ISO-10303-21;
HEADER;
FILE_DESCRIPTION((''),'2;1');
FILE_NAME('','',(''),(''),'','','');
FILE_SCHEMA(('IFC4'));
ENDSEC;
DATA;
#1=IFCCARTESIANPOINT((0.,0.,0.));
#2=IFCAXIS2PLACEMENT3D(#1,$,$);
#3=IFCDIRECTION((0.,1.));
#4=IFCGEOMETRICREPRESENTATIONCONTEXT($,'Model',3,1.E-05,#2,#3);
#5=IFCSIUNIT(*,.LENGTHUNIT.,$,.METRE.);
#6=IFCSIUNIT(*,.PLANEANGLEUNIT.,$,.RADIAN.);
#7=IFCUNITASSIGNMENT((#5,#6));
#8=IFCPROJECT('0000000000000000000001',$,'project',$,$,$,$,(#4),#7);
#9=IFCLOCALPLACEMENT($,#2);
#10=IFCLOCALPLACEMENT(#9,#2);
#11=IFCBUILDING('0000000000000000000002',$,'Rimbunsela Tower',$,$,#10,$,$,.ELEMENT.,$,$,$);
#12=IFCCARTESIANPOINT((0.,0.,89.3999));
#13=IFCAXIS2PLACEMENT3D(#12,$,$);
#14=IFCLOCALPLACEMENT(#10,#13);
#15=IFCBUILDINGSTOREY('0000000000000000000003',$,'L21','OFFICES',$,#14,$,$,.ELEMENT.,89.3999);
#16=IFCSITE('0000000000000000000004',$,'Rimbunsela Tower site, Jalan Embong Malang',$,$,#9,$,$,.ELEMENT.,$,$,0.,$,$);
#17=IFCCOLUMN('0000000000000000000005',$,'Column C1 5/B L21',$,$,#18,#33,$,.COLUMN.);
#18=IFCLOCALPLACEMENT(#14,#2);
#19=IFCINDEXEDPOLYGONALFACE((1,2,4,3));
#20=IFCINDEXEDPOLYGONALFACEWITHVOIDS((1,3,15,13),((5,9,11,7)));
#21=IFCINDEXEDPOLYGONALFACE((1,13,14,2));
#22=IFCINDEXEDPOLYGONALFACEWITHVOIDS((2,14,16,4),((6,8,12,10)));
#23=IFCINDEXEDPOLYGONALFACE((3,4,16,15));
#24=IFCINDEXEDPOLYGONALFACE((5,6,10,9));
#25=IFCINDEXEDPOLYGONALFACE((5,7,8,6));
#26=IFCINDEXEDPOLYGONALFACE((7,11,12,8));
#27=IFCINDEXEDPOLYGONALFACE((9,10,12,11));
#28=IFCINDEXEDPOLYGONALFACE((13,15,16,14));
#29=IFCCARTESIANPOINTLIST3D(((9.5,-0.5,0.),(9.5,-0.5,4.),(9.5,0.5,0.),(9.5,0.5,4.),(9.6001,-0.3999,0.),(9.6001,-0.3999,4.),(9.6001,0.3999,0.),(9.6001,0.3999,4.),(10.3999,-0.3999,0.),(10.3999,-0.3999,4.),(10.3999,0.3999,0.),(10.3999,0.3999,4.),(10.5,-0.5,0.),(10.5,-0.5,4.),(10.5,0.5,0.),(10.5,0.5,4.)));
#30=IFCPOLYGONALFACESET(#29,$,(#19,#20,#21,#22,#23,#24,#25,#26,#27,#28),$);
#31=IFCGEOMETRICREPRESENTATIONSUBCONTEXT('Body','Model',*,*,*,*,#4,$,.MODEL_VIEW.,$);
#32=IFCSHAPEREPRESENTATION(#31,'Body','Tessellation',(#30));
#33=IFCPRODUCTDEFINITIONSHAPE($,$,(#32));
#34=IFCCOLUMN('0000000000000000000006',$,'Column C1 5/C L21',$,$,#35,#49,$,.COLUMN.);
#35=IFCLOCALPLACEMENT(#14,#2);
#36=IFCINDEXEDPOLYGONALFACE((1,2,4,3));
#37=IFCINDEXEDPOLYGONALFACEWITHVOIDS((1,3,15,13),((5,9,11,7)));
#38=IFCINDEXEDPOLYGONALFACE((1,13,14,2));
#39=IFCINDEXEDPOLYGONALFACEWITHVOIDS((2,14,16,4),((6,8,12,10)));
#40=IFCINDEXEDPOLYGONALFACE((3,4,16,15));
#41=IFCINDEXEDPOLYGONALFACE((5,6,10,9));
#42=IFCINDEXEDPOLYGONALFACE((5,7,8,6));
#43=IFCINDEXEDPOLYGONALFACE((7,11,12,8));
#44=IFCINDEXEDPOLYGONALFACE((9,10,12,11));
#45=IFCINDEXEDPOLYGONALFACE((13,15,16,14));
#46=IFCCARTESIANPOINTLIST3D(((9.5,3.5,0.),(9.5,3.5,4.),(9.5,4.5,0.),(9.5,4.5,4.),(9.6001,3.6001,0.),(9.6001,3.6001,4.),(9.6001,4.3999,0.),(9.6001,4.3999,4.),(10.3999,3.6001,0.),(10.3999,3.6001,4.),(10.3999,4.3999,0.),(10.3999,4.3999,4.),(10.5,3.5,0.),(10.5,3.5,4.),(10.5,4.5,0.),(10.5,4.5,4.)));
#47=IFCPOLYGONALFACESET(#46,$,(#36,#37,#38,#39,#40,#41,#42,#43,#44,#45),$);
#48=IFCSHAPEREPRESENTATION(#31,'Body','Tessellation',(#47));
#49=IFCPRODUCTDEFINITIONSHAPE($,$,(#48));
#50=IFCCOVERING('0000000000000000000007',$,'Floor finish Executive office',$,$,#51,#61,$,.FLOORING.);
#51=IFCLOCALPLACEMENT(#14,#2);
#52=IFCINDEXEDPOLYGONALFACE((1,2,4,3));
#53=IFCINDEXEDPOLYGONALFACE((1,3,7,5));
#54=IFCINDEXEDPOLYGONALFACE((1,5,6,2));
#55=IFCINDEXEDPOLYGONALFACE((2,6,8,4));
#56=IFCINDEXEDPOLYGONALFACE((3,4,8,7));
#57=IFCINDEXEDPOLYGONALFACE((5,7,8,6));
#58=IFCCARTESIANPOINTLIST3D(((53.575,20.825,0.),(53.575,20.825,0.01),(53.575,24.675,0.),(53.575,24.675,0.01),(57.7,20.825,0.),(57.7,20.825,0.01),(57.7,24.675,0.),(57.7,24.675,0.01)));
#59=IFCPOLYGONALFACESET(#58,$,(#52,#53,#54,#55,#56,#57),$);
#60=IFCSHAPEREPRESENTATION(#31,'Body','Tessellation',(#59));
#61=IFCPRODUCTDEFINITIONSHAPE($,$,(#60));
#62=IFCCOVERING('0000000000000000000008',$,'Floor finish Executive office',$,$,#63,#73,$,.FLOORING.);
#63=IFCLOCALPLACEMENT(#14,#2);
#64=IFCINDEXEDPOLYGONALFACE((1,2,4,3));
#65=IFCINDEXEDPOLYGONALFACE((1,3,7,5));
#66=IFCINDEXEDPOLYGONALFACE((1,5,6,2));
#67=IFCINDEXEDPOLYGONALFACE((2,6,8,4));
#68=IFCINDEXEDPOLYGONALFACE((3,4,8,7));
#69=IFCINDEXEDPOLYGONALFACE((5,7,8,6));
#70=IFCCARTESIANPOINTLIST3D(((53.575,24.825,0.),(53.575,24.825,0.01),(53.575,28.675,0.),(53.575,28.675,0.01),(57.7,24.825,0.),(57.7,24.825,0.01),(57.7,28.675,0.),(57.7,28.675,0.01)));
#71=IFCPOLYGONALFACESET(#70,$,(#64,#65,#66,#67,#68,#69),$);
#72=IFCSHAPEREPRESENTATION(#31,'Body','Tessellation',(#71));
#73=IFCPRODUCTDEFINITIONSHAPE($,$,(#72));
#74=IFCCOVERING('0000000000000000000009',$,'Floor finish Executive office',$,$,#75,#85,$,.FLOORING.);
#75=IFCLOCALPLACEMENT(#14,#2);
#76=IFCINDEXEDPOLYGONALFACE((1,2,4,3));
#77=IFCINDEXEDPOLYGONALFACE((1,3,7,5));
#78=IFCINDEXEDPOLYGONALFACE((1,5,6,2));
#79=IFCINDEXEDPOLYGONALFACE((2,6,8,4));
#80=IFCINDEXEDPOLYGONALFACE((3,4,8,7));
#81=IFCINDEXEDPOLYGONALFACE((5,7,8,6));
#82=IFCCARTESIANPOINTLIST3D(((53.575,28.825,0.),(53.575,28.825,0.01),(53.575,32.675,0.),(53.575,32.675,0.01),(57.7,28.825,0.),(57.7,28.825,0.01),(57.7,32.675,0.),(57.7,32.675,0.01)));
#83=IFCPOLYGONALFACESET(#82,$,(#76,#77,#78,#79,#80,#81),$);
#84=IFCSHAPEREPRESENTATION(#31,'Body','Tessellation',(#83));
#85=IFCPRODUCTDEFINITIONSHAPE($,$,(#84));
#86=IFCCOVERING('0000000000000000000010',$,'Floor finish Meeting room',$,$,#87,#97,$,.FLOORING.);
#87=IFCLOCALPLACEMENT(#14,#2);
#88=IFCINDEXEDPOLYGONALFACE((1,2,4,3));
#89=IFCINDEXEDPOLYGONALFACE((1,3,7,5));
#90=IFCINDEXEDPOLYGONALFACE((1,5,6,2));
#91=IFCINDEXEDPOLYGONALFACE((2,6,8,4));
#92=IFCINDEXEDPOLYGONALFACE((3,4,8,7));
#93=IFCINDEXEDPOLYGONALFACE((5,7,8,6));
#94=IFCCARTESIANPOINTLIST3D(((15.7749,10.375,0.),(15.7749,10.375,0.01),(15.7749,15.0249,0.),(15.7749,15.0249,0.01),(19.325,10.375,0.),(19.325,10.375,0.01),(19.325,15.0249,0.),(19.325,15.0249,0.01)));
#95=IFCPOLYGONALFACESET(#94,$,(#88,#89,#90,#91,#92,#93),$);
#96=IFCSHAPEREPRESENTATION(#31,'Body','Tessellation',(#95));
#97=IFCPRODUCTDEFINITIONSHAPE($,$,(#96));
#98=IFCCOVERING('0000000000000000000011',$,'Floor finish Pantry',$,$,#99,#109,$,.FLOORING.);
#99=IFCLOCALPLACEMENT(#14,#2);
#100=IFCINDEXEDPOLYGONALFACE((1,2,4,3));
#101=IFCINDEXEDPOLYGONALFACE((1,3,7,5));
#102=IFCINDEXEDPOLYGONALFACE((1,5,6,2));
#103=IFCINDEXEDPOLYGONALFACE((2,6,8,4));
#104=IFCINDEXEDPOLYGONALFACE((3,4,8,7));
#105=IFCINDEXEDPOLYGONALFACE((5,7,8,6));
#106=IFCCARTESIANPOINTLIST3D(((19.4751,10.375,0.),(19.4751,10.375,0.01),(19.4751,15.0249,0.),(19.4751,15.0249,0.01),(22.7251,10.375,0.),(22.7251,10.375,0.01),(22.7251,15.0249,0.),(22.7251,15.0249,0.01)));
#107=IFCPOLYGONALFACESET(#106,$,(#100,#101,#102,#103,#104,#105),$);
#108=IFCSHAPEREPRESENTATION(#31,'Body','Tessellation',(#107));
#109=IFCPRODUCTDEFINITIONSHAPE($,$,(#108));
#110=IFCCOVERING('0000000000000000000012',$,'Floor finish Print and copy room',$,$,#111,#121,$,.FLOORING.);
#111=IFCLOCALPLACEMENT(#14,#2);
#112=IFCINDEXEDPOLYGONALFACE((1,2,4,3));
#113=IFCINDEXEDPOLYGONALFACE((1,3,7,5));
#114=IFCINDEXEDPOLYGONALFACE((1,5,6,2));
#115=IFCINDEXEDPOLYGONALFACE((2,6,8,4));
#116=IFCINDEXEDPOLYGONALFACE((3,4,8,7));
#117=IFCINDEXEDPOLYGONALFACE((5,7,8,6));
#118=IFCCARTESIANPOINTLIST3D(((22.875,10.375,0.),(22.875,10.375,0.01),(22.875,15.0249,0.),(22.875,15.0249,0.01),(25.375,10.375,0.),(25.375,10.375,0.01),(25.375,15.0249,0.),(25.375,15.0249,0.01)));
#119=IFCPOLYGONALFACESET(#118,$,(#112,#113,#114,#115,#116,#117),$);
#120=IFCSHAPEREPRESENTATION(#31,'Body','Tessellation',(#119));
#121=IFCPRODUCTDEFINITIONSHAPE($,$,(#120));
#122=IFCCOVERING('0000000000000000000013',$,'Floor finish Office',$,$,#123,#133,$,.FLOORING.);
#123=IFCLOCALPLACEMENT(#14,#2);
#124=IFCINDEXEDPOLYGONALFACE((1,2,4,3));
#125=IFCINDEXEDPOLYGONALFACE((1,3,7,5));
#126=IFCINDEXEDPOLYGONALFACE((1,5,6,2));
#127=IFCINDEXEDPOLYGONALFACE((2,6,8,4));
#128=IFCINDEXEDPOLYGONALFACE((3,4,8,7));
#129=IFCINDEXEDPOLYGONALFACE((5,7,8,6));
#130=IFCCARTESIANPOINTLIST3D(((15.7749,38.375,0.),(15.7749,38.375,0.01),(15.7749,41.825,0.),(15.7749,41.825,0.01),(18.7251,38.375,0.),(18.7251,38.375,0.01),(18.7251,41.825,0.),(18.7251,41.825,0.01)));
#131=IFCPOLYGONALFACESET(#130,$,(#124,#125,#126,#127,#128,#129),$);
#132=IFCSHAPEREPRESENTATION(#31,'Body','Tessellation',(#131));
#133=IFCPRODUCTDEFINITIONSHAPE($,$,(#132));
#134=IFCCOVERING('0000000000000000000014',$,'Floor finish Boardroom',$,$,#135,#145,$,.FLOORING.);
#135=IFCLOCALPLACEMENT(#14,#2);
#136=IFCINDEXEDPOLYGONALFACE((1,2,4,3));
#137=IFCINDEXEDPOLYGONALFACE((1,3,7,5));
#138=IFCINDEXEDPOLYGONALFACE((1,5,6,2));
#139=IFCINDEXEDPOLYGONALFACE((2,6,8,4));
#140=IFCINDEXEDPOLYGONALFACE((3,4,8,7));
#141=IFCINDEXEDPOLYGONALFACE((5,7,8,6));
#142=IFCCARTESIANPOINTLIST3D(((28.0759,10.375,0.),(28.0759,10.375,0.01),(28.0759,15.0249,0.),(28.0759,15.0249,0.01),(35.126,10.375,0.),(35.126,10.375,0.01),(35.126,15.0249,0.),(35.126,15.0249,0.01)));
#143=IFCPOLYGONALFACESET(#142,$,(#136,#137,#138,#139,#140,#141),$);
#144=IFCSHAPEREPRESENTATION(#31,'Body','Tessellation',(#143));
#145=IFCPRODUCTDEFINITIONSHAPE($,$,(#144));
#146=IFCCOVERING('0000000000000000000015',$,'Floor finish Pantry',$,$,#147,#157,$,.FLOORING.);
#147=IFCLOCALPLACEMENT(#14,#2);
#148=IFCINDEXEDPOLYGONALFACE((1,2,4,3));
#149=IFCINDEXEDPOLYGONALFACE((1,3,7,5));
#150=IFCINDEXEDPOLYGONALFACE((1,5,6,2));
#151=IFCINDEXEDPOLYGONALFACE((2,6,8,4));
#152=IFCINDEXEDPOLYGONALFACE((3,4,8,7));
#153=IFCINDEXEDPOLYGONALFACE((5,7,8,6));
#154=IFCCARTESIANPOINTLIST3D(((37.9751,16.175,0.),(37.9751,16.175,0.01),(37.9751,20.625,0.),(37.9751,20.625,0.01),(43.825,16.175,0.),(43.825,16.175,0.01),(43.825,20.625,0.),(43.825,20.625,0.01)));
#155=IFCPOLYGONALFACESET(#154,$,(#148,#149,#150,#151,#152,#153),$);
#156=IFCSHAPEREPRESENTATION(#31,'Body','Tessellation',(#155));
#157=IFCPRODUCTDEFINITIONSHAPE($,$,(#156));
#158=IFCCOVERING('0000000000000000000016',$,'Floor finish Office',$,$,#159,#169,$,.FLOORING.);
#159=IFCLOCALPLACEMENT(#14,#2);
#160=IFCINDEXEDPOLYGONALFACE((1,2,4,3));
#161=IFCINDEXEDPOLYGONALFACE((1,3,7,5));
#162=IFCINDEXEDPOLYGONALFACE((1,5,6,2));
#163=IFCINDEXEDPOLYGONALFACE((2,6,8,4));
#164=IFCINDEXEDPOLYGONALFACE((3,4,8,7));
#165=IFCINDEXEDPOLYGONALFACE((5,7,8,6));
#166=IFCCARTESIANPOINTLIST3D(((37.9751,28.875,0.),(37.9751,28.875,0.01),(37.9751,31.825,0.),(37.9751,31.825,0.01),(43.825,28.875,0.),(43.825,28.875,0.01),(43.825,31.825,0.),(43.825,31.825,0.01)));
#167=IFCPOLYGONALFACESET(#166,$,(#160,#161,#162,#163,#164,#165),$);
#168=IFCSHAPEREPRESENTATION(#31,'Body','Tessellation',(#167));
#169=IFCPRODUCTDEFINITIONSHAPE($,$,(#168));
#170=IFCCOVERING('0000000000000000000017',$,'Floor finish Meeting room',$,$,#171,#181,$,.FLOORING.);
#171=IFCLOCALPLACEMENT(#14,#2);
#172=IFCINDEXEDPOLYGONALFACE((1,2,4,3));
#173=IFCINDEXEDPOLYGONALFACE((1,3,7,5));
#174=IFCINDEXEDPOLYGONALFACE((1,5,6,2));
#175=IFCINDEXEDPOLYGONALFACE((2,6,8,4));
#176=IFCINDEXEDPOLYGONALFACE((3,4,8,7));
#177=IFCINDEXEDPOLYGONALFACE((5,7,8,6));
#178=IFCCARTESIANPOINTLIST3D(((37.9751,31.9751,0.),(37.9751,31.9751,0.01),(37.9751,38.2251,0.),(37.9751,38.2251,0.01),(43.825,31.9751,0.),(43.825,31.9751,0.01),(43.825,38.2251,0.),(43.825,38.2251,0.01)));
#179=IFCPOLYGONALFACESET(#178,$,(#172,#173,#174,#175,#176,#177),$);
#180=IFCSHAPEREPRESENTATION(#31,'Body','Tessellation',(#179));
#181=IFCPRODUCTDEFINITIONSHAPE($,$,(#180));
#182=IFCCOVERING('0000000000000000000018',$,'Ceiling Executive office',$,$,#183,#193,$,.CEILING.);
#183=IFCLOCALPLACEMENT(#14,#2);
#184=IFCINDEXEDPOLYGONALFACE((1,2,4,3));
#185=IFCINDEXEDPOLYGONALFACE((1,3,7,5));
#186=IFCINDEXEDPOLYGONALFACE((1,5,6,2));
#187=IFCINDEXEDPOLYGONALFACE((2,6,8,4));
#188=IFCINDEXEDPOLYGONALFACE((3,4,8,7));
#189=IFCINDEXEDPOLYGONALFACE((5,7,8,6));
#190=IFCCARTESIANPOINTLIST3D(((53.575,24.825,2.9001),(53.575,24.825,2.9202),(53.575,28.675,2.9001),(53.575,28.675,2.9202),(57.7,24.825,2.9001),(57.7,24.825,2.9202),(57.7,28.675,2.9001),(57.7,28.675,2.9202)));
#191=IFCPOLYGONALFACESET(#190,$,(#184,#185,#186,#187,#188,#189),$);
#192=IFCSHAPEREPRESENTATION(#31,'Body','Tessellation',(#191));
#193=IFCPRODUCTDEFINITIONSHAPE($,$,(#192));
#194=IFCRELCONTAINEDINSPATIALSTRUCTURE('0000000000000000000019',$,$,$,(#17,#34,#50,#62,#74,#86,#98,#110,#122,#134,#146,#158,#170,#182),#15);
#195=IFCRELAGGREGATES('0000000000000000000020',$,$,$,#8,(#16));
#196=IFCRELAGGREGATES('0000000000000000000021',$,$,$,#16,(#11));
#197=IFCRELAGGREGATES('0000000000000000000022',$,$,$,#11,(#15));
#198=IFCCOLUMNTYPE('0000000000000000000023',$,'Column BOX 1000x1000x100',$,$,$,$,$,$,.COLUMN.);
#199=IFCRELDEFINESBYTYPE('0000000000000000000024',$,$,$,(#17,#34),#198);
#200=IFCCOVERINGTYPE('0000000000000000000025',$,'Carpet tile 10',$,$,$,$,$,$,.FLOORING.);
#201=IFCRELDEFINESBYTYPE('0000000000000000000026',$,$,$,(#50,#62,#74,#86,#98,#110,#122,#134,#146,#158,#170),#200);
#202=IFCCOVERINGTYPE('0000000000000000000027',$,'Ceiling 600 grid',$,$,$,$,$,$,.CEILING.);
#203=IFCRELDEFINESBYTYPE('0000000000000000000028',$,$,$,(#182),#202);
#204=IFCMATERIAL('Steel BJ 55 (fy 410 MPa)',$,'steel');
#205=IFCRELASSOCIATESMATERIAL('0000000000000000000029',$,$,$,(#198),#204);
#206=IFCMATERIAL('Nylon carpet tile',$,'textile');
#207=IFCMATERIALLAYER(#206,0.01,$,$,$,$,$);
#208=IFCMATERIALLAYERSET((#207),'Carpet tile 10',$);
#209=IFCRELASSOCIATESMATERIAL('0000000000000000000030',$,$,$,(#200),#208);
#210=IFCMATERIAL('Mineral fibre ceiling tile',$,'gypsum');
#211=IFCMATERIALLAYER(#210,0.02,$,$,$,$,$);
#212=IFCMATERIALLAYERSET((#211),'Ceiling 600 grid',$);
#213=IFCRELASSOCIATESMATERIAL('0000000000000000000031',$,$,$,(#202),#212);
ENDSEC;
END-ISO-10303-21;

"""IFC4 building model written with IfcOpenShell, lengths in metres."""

from ifc_helpers import new_model, si_unit, direction, frame, origin, origin_2d, place, context, subcontext, project, spatial, polyline, hollow_rectangle, outline, extrude, material, layer, layer_set, material_profile, profile_set, type_object, element, save


model = new_model("IFC4")

# Units and contexts
model_context = context("Model", 3, precision=1e-05, world=origin(), true_north=direction((0.0, 1.0)))
body_context = subcontext(model_context, "Body", "Model", "MODEL_VIEW")
ifc_project = project(units=[si_unit("LENGTHUNIT", "METRE"), si_unit("PLANEANGLEUNIT", "RADIAN")], contexts=[model_context])

# Site, building, storey
site_placement = place(None, origin())
site = spatial("IfcSite", under=ifc_project, at=site_placement, Name="Rimbunsela Tower site, Jalan Embong Malang", CompositionType="ELEMENT", RefElevation=0.0)
building_placement = place(site_placement, origin())
building = spatial("IfcBuilding", under=site, at=building_placement, Name="Rimbunsela Tower", CompositionType="ELEMENT")
storey_placement = place(building_placement, frame((0.0, 0.0, 89.3999)))
storey = spatial("IfcBuildingStorey", under=building, at=storey_placement, Name="L21", Description="OFFICES", CompositionType="ELEMENT", Elevation=89.3999)

# Columns
ifc_material_1 = material(Name="Steel BJ 55 (fy 410 MPa)", Category="steel")
ifc_material_profile = material_profile(ifc_material_1, hollow_rectangle(XDim=1.0, YDim=1.0, WallThickness=0.1001, at=origin_2d()), Name="BOX 1000x1000x100")
ifc_profile_set = profile_set([ifc_material_profile], Name="Steel BJ 55 (fy 410 MPa)")
column_type = type_object("IfcColumnType", Name="Column BOX 1000x1000x100", PredefinedType="COLUMN", material=ifc_profile_set)
for number, where, z_axis, x_axis, name in (
    (1, (10.0, 0.0, 0.0), (0.0, 0.0, 1.0), (1.0, 0.0, 0.0), "Column C1 5/B L21"),
    (2, (10.0, 4.0, 0.0), (0.0, 0.0, 1.0), (1.0, 0.0, 0.0), "Column C1 5/C L21"),
):
    element("IfcColumn", number, at=place(storey_placement, frame(where, z_axis=z_axis, x_axis=x_axis)), inside=storey, type_object=column_type, Name=name, PredefinedType="COLUMN", context=body_context, shape_type="SweptSolid", body=[
        extrude(hollow_rectangle(XDim=1.0, YDim=1.0, WallThickness=0.1001, at=origin_2d()), origin(), (0.0, 0.0, 1.0), 4.0),
    ])

# Coverings
ifc_material_2 = material(Name="Nylon carpet tile", Category="textile")
ifc_layer_1 = layer(ifc_material_2, 0.01)
ifc_layer_set_1 = layer_set([ifc_layer_1], Name="Carpet tile 10")
covering_type_1 = type_object("IfcCoveringType", Name="Carpet tile 10", PredefinedType="FLOORING", material=ifc_layer_set_1)
covering_1_placement = place(storey_placement, origin())
element("IfcCovering", 3, at=covering_1_placement, inside=storey, type_object=covering_type_1, Name="Floor finish Executive office", PredefinedType="FLOORING", context=body_context, shape_type="SweptSolid", body=[
    extrude(outline(polyline([(57.7, 20.825), (57.7, 24.675), (53.575, 24.675), (53.575, 20.825), (57.7, 20.825)])), origin(), (0.0, 0.0, 1.0), 0.01),
])
covering_2_placement = place(storey_placement, origin())
element("IfcCovering", 4, at=covering_2_placement, inside=storey, type_object=covering_type_1, Name="Floor finish Executive office", PredefinedType="FLOORING", context=body_context, shape_type="SweptSolid", body=[
    extrude(outline(polyline([(57.7, 24.825), (57.7, 28.675), (53.575, 28.675), (53.575, 24.825), (57.7, 24.825)])), origin(), (0.0, 0.0, 1.0), 0.01),
])
covering_3_placement = place(storey_placement, origin())
element("IfcCovering", 5, at=covering_3_placement, inside=storey, type_object=covering_type_1, Name="Floor finish Executive office", PredefinedType="FLOORING", context=body_context, shape_type="SweptSolid", body=[
    extrude(outline(polyline([(57.7, 28.825), (57.7, 32.675), (53.575, 32.675), (53.575, 28.825), (57.7, 28.825)])), origin(), (0.0, 0.0, 1.0), 0.01),
])
covering_4_placement = place(storey_placement, origin())
element("IfcCovering", 6, at=covering_4_placement, inside=storey, type_object=covering_type_1, Name="Floor finish Meeting room", PredefinedType="FLOORING", context=body_context, shape_type="SweptSolid", body=[
    extrude(outline(polyline([(19.325, 10.375), (19.325, 15.0249), (15.7749, 15.0249), (15.7749, 10.375), (19.325, 10.375)])), origin(), (0.0, 0.0, 1.0), 0.01),
])
covering_5_placement = place(storey_placement, origin())
element("IfcCovering", 7, at=covering_5_placement, inside=storey, type_object=covering_type_1, Name="Floor finish Pantry", PredefinedType="FLOORING", context=body_context, shape_type="SweptSolid", body=[
    extrude(outline(polyline([(22.7251, 10.375), (22.7251, 15.0249), (19.4751, 15.0249), (19.4751, 10.375), (22.7251, 10.375)])), origin(), (0.0, 0.0, 1.0), 0.01),
])
covering_6_placement = place(storey_placement, origin())
element("IfcCovering", 8, at=covering_6_placement, inside=storey, type_object=covering_type_1, Name="Floor finish Print and copy room", PredefinedType="FLOORING", context=body_context, shape_type="SweptSolid", body=[
    extrude(outline(polyline([(25.375, 10.375), (25.375, 15.0249), (22.875, 15.0249), (22.875, 10.375), (25.375, 10.375)])), origin(), (0.0, 0.0, 1.0), 0.01),
])
covering_7_placement = place(storey_placement, origin())
element("IfcCovering", 9, at=covering_7_placement, inside=storey, type_object=covering_type_1, Name="Floor finish Office", PredefinedType="FLOORING", context=body_context, shape_type="SweptSolid", body=[
    extrude(outline(polyline([(18.7251, 38.375), (18.7251, 41.825), (15.7749, 41.825), (15.7749, 38.375), (18.7251, 38.375)])), origin(), (0.0, 0.0, 1.0), 0.01),
])
covering_8_placement = place(storey_placement, origin())
element("IfcCovering", 10, at=covering_8_placement, inside=storey, type_object=covering_type_1, Name="Floor finish Boardroom", PredefinedType="FLOORING", context=body_context, shape_type="SweptSolid", body=[
    extrude(outline(polyline([(35.126, 10.375), (35.126, 15.0249), (28.0759, 15.0249), (28.0759, 10.375), (35.126, 10.375)])), origin(), (0.0, 0.0, 1.0), 0.01),
])
covering_9_placement = place(storey_placement, origin())
element("IfcCovering", 11, at=covering_9_placement, inside=storey, type_object=covering_type_1, Name="Floor finish Pantry", PredefinedType="FLOORING", context=body_context, shape_type="SweptSolid", body=[
    extrude(outline(polyline([(43.825, 16.175), (43.825, 20.625), (37.9751, 20.625), (37.9751, 16.175), (43.825, 16.175)])), origin(), (0.0, 0.0, 1.0), 0.01),
])
covering_10_placement = place(storey_placement, origin())
element("IfcCovering", 12, at=covering_10_placement, inside=storey, type_object=covering_type_1, Name="Floor finish Office", PredefinedType="FLOORING", context=body_context, shape_type="SweptSolid", body=[
    extrude(outline(polyline([(43.825, 28.875), (43.825, 31.825), (37.9751, 31.825), (37.9751, 28.875), (43.825, 28.875)])), origin(), (0.0, 0.0, 1.0), 0.01),
])
covering_11_placement = place(storey_placement, origin())
element("IfcCovering", 13, at=covering_11_placement, inside=storey, type_object=covering_type_1, Name="Floor finish Meeting room", PredefinedType="FLOORING", context=body_context, shape_type="SweptSolid", body=[
    extrude(outline(polyline([(43.825, 31.9751), (43.825, 38.2251), (37.9751, 38.2251), (37.9751, 31.9751), (43.825, 31.9751)])), origin(), (0.0, 0.0, 1.0), 0.01),
])
ifc_material_3 = material(Name="Mineral fibre ceiling tile", Category="gypsum")
ifc_layer_2 = layer(ifc_material_3, 0.02)
ifc_layer_set_2 = layer_set([ifc_layer_2], Name="Ceiling 600 grid")
covering_type_2 = type_object("IfcCoveringType", Name="Ceiling 600 grid", PredefinedType="CEILING", material=ifc_layer_set_2)
covering_12_placement = place(storey_placement, frame((0.0, 0.0, 2.9001)))
element("IfcCovering", 14, at=covering_12_placement, inside=storey, type_object=covering_type_2, Name="Ceiling Executive office", PredefinedType="CEILING", context=body_context, shape_type="SweptSolid", body=[
    extrude(outline(polyline([(57.7, 24.825), (57.7, 28.675), (53.575, 28.675), (53.575, 24.825), (57.7, 24.825)])), origin(), (0.0, 0.0, 1.0), 0.02),
])

save(model, "model.ifc")
